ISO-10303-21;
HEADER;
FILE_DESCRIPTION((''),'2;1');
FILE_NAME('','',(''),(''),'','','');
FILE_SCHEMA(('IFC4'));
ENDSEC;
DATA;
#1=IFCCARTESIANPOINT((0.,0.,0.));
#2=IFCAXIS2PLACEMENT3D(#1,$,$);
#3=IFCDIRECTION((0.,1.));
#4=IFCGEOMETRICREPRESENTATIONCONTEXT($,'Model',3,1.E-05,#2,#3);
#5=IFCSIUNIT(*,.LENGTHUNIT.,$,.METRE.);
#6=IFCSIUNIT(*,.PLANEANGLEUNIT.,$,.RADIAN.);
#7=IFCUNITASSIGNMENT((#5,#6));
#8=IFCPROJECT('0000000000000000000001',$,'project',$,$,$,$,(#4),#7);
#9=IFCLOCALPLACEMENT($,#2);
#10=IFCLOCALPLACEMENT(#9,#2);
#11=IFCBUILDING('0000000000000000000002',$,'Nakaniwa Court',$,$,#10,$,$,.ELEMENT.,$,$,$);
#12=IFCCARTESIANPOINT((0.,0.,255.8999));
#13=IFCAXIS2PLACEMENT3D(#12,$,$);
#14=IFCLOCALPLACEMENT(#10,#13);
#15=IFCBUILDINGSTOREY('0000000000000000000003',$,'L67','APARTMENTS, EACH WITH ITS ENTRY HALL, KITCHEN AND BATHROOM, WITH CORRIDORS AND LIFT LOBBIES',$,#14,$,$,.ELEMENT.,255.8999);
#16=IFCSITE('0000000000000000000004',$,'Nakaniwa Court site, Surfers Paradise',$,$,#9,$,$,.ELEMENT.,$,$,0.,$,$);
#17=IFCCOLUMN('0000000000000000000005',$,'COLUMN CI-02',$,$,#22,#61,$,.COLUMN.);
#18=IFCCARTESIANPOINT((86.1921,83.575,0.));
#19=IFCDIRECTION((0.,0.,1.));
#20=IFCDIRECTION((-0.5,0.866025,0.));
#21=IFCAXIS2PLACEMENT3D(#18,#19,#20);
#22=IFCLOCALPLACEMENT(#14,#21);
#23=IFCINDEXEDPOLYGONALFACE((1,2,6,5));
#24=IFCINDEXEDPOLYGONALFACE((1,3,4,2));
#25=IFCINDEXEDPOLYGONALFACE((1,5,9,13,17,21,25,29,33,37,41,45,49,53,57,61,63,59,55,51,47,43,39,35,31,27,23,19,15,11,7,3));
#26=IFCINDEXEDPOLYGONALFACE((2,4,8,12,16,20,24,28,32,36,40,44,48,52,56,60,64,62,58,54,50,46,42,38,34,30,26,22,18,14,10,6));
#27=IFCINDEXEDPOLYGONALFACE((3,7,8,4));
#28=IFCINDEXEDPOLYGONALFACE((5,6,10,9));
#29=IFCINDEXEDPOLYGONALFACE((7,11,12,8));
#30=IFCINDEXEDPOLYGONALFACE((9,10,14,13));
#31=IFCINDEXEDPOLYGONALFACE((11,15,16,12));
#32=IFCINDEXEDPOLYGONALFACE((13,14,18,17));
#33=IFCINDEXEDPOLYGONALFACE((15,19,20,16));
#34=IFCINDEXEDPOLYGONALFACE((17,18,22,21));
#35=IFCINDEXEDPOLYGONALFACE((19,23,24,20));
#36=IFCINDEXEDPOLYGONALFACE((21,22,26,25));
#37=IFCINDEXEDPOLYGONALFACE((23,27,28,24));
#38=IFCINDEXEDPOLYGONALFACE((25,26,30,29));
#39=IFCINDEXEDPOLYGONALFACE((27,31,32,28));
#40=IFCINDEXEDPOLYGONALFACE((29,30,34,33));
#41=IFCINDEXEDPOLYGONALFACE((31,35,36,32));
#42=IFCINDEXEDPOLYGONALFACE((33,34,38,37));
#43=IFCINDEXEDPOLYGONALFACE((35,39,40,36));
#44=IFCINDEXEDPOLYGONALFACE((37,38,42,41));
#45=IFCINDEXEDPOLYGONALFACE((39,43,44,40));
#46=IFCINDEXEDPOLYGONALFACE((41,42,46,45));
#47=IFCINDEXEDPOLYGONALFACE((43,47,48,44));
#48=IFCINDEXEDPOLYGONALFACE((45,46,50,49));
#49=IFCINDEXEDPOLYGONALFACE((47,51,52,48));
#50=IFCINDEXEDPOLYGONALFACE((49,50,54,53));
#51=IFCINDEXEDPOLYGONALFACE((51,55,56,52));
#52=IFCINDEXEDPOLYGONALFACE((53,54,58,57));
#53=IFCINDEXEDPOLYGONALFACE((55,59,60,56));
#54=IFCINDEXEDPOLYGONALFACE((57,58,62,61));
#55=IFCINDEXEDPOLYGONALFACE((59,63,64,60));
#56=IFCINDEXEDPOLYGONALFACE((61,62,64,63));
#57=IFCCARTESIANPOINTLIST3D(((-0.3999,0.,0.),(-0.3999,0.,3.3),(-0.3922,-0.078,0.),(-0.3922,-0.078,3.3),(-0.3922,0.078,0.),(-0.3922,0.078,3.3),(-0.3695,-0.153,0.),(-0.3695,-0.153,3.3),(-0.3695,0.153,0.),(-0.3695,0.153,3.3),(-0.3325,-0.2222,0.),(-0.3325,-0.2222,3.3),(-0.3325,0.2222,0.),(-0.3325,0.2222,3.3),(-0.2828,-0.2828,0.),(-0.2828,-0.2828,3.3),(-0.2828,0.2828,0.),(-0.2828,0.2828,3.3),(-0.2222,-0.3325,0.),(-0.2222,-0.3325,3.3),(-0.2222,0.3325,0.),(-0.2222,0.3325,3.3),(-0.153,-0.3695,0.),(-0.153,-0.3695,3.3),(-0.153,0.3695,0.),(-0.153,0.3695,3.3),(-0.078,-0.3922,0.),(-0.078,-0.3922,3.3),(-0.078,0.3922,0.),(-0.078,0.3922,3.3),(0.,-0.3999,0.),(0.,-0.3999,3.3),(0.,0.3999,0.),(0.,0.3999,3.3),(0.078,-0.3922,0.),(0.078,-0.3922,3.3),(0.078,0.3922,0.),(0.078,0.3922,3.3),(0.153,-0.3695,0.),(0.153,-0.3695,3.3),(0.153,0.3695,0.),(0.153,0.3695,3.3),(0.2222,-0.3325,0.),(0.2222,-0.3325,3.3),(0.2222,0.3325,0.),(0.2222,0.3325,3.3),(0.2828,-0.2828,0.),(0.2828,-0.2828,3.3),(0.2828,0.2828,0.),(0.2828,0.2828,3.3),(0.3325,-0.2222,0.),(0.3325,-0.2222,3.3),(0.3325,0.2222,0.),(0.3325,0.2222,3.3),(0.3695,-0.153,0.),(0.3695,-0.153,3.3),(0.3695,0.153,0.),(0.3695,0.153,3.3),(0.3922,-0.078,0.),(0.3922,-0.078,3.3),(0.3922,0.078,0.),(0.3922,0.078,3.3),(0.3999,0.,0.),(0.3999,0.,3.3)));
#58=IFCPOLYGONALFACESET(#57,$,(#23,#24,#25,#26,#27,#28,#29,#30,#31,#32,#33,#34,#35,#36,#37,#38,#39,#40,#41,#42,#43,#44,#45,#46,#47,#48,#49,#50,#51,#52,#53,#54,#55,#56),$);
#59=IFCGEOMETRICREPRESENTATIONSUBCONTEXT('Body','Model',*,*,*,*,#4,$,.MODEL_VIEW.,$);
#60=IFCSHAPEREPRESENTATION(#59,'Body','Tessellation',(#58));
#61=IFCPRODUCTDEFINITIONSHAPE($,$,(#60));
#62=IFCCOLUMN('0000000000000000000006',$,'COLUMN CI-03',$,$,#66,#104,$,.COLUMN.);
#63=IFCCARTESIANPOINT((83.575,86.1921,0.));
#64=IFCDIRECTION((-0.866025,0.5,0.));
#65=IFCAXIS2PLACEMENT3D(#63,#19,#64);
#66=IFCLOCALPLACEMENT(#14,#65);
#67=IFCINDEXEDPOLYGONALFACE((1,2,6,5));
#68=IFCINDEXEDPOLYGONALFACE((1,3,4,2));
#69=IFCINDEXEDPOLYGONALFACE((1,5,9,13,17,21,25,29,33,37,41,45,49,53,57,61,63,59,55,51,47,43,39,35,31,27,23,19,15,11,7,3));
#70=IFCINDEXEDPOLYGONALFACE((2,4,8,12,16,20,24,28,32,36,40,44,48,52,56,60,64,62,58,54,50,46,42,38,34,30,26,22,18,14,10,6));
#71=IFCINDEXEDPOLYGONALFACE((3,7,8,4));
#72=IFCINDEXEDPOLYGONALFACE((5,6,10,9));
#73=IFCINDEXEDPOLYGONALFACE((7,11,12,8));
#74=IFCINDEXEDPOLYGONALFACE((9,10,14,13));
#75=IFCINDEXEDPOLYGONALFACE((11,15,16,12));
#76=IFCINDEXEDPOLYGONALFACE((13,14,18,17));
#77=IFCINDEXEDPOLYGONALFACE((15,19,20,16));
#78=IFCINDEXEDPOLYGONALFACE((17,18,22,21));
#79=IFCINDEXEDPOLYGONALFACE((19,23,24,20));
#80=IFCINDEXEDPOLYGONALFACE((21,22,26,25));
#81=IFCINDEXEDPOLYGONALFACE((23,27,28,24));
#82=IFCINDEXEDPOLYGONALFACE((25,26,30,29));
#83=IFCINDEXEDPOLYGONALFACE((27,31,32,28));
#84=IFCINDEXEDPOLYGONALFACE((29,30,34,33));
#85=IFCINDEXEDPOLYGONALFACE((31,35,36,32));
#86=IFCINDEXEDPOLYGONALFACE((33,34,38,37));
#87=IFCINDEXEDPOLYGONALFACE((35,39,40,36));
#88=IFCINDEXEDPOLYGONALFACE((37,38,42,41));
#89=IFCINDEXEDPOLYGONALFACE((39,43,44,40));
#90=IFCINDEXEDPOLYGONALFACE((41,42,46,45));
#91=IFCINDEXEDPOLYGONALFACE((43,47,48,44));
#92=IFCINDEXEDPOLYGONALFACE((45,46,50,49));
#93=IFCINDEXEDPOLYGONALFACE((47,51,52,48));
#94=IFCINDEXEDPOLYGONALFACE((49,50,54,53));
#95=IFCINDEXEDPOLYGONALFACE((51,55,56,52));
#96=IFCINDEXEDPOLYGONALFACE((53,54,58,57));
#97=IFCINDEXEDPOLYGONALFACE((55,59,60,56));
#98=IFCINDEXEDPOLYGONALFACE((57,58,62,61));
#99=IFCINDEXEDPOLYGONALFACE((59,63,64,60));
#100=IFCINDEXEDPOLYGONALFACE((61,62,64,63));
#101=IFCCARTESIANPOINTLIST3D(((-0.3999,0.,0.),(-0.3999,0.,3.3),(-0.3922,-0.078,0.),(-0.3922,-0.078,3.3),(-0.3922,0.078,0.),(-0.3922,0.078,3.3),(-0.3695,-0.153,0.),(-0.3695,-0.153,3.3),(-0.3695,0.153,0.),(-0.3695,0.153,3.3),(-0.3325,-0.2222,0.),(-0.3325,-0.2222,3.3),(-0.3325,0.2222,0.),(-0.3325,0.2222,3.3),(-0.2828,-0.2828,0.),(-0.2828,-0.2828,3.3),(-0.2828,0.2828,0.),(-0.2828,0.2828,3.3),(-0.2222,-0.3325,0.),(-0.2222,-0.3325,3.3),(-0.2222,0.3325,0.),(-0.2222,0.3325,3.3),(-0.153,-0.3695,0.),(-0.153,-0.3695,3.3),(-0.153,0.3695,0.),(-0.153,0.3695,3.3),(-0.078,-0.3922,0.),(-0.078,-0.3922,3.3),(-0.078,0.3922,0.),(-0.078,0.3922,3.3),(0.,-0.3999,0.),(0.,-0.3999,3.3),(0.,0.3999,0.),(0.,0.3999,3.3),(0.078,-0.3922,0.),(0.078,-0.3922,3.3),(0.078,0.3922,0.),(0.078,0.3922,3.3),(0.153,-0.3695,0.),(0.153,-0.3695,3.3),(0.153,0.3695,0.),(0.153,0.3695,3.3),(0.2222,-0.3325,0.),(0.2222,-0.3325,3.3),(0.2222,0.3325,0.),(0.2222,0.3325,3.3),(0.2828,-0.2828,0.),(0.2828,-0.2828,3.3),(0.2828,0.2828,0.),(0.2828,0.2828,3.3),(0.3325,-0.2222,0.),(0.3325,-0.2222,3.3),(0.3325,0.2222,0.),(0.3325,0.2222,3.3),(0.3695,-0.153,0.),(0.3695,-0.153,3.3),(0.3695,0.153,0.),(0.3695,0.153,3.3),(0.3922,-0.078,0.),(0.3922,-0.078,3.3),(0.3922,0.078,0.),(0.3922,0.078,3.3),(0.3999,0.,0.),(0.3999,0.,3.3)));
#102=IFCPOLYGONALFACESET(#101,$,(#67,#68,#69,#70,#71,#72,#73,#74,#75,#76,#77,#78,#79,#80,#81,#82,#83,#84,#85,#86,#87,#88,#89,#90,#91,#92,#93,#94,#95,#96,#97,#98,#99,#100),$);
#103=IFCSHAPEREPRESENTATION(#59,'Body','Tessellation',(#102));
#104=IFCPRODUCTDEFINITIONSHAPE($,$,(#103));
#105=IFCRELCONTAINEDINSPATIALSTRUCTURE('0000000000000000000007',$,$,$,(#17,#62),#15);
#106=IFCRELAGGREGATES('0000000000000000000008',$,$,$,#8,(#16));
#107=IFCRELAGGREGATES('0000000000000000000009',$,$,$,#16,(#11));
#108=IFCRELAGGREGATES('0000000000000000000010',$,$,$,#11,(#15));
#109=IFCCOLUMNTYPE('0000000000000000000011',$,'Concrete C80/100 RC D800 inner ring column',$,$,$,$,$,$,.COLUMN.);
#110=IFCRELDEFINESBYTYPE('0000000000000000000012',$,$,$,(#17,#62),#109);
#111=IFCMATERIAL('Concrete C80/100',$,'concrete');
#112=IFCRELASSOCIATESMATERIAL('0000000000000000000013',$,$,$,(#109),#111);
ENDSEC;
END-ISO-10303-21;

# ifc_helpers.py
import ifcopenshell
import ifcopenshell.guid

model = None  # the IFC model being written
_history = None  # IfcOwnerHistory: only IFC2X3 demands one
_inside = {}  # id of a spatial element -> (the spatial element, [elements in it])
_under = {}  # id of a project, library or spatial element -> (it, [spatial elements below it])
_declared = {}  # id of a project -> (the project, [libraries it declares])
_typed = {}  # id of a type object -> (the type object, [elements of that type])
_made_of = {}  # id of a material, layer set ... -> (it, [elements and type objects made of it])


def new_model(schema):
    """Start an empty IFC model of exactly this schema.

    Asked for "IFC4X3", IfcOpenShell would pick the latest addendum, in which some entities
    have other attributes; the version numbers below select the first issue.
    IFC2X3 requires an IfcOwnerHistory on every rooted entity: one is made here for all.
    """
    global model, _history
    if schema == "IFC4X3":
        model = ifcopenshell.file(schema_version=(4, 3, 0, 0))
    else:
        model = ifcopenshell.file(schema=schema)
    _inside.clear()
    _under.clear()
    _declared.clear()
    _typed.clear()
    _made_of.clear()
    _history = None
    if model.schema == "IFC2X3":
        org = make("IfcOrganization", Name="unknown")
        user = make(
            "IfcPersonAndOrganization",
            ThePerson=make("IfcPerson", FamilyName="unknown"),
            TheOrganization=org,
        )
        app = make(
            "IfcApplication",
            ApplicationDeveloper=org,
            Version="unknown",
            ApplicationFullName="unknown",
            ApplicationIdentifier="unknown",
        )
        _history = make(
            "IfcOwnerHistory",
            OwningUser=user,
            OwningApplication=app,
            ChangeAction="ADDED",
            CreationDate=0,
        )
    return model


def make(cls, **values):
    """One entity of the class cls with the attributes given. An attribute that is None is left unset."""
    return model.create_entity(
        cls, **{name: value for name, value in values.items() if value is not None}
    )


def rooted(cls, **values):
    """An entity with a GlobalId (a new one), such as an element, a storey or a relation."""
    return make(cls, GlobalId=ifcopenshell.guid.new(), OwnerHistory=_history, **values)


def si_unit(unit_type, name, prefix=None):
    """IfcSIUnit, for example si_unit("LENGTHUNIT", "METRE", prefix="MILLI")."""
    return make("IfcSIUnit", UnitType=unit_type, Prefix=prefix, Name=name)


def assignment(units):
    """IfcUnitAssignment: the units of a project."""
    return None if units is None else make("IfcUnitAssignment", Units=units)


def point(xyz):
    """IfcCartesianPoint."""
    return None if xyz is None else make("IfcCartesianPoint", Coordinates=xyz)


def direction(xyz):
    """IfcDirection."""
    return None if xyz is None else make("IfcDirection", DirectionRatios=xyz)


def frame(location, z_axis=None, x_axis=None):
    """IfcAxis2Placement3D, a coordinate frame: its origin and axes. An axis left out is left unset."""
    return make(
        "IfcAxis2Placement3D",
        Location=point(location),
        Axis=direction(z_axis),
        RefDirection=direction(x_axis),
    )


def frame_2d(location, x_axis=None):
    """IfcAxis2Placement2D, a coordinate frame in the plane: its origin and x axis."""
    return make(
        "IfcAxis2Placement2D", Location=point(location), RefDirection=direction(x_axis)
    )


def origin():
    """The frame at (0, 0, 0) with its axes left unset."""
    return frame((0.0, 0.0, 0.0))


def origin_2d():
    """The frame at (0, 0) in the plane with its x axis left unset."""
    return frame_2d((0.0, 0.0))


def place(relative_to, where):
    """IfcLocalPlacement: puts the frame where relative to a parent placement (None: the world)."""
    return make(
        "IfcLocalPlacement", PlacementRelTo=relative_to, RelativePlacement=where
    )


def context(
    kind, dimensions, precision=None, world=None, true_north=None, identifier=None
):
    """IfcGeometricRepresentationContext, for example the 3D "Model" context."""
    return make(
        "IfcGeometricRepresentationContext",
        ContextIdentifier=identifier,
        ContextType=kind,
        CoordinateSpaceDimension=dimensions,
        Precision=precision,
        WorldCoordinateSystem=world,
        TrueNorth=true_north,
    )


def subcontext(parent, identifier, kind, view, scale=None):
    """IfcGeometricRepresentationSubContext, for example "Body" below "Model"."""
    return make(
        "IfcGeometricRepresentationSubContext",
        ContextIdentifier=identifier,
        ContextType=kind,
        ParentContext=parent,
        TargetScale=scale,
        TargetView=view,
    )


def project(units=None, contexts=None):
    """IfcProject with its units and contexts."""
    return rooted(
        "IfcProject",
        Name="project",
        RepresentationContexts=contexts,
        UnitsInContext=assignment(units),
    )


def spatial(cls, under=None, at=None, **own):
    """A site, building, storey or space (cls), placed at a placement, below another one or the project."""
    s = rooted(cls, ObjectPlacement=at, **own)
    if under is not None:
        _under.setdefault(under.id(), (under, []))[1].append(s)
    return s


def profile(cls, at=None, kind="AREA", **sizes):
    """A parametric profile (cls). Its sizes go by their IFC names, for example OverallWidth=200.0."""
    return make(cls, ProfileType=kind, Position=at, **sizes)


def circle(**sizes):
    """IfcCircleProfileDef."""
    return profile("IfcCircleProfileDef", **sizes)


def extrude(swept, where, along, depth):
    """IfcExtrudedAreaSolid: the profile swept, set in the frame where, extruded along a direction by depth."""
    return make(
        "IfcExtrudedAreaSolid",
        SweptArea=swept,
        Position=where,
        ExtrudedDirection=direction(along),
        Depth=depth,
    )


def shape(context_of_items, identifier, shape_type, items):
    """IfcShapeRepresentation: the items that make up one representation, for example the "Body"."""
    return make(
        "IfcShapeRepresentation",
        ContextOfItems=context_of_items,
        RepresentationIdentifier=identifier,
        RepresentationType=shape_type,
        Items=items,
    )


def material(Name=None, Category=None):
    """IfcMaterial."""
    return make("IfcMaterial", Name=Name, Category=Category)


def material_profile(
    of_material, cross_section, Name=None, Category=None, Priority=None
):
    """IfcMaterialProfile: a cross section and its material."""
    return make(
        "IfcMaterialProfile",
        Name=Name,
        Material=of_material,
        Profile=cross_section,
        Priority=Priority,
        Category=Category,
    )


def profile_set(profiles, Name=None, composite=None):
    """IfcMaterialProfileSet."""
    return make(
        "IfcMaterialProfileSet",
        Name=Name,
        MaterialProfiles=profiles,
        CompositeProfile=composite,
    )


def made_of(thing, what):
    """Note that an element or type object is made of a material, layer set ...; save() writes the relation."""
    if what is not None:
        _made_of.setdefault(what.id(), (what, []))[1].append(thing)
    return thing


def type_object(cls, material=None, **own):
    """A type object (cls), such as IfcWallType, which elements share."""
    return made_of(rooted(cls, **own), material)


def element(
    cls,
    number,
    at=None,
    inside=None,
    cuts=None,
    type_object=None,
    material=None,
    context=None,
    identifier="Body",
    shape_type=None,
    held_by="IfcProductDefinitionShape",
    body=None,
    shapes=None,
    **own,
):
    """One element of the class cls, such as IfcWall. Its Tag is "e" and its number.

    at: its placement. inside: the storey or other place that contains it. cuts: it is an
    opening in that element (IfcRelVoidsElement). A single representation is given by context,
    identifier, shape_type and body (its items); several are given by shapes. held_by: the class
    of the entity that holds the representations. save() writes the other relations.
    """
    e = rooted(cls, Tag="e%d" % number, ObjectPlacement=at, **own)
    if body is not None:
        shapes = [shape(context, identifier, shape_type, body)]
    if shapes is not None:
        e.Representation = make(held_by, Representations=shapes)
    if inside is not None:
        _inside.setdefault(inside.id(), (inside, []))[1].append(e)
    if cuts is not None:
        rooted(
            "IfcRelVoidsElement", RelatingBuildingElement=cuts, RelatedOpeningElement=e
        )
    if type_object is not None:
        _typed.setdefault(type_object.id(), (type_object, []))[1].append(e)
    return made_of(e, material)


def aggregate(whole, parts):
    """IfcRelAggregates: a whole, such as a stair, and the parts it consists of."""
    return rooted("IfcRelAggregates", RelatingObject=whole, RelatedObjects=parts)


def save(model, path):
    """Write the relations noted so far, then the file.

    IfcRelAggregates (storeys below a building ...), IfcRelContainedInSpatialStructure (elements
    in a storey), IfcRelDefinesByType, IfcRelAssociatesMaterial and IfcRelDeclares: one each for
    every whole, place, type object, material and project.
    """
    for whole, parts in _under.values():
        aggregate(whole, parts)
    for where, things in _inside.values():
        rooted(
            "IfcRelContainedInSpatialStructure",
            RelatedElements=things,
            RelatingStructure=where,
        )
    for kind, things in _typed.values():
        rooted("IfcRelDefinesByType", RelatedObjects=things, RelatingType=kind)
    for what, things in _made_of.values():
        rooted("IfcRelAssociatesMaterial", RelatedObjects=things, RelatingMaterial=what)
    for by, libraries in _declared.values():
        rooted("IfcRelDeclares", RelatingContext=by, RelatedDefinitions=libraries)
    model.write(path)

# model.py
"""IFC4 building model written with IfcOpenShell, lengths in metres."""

from ifc_helpers import new_model, si_unit, direction, frame, origin, origin_2d, place, context, subcontext, project, spatial, circle, extrude, material, material_profile, profile_set, type_object, element, save


model = new_model("IFC4")

# Units and contexts
model_context = context("Model", 3, precision=1e-05, world=origin(), true_north=direction((0.0, 1.0)))
body_context = subcontext(model_context, "Body", "Model", "MODEL_VIEW")
ifc_project = project(units=[si_unit("LENGTHUNIT", "METRE"), si_unit("PLANEANGLEUNIT", "RADIAN")], contexts=[model_context])

# Site, building, storey
site_placement = place(None, origin())
site = spatial("IfcSite", under=ifc_project, at=site_placement, Name="Nakaniwa Court site, Surfers Paradise", CompositionType="ELEMENT", RefElevation=0.0)
building_placement = place(site_placement, origin())
building = spatial("IfcBuilding", under=site, at=building_placement, Name="Nakaniwa Court", CompositionType="ELEMENT")
storey_placement = place(building_placement, frame((0.0, 0.0, 255.8999)))
storey = spatial("IfcBuildingStorey", under=building, at=storey_placement, Name="L67", Description="APARTMENTS, EACH WITH ITS ENTRY HALL, KITCHEN AND BATHROOM, WITH CORRIDORS AND LIFT LOBBIES", CompositionType="ELEMENT", Elevation=255.8999)

# Columns
ifc_material_1 = material(Name="Concrete C80/100", Category="concrete")
ifc_material_profile_1 = material_profile(ifc_material_1, circle(Radius=0.3999, at=origin_2d()), Name="Concrete C80/100 RC D800 inner ring column")
ifc_profile_set_1 = profile_set([ifc_material_profile_1], Name="Concrete C80/100")
column_type = type_object("IfcColumnType", Name="Concrete C80/100 RC D800 inner ring column", PredefinedType="COLUMN", material=ifc_profile_set_1)
for number, where, z_axis, x_axis, name in (
    (1, (86.1921, 83.575, 0.0), (0.0, 0.0, 1.0), (-0.5, 0.866025, 0.0), "COLUMN CI-02"),
    (2, (83.575, 86.1921, 0.0), (0.0, 0.0, 1.0), (-0.866025, 0.5, 0.0), "COLUMN CI-03"),
):
    element("IfcColumn", number, at=place(storey_placement, frame(where, z_axis=z_axis, x_axis=x_axis)), inside=storey, type_object=column_type, Name=name, PredefinedType="COLUMN", context=body_context, shape_type="SweptSolid", body=[
        extrude(circle(Radius=0.3999, at=origin_2d()), origin(), (0.0, 0.0, 1.0), 3.3),
    ])

save(model, "model.ifc")
